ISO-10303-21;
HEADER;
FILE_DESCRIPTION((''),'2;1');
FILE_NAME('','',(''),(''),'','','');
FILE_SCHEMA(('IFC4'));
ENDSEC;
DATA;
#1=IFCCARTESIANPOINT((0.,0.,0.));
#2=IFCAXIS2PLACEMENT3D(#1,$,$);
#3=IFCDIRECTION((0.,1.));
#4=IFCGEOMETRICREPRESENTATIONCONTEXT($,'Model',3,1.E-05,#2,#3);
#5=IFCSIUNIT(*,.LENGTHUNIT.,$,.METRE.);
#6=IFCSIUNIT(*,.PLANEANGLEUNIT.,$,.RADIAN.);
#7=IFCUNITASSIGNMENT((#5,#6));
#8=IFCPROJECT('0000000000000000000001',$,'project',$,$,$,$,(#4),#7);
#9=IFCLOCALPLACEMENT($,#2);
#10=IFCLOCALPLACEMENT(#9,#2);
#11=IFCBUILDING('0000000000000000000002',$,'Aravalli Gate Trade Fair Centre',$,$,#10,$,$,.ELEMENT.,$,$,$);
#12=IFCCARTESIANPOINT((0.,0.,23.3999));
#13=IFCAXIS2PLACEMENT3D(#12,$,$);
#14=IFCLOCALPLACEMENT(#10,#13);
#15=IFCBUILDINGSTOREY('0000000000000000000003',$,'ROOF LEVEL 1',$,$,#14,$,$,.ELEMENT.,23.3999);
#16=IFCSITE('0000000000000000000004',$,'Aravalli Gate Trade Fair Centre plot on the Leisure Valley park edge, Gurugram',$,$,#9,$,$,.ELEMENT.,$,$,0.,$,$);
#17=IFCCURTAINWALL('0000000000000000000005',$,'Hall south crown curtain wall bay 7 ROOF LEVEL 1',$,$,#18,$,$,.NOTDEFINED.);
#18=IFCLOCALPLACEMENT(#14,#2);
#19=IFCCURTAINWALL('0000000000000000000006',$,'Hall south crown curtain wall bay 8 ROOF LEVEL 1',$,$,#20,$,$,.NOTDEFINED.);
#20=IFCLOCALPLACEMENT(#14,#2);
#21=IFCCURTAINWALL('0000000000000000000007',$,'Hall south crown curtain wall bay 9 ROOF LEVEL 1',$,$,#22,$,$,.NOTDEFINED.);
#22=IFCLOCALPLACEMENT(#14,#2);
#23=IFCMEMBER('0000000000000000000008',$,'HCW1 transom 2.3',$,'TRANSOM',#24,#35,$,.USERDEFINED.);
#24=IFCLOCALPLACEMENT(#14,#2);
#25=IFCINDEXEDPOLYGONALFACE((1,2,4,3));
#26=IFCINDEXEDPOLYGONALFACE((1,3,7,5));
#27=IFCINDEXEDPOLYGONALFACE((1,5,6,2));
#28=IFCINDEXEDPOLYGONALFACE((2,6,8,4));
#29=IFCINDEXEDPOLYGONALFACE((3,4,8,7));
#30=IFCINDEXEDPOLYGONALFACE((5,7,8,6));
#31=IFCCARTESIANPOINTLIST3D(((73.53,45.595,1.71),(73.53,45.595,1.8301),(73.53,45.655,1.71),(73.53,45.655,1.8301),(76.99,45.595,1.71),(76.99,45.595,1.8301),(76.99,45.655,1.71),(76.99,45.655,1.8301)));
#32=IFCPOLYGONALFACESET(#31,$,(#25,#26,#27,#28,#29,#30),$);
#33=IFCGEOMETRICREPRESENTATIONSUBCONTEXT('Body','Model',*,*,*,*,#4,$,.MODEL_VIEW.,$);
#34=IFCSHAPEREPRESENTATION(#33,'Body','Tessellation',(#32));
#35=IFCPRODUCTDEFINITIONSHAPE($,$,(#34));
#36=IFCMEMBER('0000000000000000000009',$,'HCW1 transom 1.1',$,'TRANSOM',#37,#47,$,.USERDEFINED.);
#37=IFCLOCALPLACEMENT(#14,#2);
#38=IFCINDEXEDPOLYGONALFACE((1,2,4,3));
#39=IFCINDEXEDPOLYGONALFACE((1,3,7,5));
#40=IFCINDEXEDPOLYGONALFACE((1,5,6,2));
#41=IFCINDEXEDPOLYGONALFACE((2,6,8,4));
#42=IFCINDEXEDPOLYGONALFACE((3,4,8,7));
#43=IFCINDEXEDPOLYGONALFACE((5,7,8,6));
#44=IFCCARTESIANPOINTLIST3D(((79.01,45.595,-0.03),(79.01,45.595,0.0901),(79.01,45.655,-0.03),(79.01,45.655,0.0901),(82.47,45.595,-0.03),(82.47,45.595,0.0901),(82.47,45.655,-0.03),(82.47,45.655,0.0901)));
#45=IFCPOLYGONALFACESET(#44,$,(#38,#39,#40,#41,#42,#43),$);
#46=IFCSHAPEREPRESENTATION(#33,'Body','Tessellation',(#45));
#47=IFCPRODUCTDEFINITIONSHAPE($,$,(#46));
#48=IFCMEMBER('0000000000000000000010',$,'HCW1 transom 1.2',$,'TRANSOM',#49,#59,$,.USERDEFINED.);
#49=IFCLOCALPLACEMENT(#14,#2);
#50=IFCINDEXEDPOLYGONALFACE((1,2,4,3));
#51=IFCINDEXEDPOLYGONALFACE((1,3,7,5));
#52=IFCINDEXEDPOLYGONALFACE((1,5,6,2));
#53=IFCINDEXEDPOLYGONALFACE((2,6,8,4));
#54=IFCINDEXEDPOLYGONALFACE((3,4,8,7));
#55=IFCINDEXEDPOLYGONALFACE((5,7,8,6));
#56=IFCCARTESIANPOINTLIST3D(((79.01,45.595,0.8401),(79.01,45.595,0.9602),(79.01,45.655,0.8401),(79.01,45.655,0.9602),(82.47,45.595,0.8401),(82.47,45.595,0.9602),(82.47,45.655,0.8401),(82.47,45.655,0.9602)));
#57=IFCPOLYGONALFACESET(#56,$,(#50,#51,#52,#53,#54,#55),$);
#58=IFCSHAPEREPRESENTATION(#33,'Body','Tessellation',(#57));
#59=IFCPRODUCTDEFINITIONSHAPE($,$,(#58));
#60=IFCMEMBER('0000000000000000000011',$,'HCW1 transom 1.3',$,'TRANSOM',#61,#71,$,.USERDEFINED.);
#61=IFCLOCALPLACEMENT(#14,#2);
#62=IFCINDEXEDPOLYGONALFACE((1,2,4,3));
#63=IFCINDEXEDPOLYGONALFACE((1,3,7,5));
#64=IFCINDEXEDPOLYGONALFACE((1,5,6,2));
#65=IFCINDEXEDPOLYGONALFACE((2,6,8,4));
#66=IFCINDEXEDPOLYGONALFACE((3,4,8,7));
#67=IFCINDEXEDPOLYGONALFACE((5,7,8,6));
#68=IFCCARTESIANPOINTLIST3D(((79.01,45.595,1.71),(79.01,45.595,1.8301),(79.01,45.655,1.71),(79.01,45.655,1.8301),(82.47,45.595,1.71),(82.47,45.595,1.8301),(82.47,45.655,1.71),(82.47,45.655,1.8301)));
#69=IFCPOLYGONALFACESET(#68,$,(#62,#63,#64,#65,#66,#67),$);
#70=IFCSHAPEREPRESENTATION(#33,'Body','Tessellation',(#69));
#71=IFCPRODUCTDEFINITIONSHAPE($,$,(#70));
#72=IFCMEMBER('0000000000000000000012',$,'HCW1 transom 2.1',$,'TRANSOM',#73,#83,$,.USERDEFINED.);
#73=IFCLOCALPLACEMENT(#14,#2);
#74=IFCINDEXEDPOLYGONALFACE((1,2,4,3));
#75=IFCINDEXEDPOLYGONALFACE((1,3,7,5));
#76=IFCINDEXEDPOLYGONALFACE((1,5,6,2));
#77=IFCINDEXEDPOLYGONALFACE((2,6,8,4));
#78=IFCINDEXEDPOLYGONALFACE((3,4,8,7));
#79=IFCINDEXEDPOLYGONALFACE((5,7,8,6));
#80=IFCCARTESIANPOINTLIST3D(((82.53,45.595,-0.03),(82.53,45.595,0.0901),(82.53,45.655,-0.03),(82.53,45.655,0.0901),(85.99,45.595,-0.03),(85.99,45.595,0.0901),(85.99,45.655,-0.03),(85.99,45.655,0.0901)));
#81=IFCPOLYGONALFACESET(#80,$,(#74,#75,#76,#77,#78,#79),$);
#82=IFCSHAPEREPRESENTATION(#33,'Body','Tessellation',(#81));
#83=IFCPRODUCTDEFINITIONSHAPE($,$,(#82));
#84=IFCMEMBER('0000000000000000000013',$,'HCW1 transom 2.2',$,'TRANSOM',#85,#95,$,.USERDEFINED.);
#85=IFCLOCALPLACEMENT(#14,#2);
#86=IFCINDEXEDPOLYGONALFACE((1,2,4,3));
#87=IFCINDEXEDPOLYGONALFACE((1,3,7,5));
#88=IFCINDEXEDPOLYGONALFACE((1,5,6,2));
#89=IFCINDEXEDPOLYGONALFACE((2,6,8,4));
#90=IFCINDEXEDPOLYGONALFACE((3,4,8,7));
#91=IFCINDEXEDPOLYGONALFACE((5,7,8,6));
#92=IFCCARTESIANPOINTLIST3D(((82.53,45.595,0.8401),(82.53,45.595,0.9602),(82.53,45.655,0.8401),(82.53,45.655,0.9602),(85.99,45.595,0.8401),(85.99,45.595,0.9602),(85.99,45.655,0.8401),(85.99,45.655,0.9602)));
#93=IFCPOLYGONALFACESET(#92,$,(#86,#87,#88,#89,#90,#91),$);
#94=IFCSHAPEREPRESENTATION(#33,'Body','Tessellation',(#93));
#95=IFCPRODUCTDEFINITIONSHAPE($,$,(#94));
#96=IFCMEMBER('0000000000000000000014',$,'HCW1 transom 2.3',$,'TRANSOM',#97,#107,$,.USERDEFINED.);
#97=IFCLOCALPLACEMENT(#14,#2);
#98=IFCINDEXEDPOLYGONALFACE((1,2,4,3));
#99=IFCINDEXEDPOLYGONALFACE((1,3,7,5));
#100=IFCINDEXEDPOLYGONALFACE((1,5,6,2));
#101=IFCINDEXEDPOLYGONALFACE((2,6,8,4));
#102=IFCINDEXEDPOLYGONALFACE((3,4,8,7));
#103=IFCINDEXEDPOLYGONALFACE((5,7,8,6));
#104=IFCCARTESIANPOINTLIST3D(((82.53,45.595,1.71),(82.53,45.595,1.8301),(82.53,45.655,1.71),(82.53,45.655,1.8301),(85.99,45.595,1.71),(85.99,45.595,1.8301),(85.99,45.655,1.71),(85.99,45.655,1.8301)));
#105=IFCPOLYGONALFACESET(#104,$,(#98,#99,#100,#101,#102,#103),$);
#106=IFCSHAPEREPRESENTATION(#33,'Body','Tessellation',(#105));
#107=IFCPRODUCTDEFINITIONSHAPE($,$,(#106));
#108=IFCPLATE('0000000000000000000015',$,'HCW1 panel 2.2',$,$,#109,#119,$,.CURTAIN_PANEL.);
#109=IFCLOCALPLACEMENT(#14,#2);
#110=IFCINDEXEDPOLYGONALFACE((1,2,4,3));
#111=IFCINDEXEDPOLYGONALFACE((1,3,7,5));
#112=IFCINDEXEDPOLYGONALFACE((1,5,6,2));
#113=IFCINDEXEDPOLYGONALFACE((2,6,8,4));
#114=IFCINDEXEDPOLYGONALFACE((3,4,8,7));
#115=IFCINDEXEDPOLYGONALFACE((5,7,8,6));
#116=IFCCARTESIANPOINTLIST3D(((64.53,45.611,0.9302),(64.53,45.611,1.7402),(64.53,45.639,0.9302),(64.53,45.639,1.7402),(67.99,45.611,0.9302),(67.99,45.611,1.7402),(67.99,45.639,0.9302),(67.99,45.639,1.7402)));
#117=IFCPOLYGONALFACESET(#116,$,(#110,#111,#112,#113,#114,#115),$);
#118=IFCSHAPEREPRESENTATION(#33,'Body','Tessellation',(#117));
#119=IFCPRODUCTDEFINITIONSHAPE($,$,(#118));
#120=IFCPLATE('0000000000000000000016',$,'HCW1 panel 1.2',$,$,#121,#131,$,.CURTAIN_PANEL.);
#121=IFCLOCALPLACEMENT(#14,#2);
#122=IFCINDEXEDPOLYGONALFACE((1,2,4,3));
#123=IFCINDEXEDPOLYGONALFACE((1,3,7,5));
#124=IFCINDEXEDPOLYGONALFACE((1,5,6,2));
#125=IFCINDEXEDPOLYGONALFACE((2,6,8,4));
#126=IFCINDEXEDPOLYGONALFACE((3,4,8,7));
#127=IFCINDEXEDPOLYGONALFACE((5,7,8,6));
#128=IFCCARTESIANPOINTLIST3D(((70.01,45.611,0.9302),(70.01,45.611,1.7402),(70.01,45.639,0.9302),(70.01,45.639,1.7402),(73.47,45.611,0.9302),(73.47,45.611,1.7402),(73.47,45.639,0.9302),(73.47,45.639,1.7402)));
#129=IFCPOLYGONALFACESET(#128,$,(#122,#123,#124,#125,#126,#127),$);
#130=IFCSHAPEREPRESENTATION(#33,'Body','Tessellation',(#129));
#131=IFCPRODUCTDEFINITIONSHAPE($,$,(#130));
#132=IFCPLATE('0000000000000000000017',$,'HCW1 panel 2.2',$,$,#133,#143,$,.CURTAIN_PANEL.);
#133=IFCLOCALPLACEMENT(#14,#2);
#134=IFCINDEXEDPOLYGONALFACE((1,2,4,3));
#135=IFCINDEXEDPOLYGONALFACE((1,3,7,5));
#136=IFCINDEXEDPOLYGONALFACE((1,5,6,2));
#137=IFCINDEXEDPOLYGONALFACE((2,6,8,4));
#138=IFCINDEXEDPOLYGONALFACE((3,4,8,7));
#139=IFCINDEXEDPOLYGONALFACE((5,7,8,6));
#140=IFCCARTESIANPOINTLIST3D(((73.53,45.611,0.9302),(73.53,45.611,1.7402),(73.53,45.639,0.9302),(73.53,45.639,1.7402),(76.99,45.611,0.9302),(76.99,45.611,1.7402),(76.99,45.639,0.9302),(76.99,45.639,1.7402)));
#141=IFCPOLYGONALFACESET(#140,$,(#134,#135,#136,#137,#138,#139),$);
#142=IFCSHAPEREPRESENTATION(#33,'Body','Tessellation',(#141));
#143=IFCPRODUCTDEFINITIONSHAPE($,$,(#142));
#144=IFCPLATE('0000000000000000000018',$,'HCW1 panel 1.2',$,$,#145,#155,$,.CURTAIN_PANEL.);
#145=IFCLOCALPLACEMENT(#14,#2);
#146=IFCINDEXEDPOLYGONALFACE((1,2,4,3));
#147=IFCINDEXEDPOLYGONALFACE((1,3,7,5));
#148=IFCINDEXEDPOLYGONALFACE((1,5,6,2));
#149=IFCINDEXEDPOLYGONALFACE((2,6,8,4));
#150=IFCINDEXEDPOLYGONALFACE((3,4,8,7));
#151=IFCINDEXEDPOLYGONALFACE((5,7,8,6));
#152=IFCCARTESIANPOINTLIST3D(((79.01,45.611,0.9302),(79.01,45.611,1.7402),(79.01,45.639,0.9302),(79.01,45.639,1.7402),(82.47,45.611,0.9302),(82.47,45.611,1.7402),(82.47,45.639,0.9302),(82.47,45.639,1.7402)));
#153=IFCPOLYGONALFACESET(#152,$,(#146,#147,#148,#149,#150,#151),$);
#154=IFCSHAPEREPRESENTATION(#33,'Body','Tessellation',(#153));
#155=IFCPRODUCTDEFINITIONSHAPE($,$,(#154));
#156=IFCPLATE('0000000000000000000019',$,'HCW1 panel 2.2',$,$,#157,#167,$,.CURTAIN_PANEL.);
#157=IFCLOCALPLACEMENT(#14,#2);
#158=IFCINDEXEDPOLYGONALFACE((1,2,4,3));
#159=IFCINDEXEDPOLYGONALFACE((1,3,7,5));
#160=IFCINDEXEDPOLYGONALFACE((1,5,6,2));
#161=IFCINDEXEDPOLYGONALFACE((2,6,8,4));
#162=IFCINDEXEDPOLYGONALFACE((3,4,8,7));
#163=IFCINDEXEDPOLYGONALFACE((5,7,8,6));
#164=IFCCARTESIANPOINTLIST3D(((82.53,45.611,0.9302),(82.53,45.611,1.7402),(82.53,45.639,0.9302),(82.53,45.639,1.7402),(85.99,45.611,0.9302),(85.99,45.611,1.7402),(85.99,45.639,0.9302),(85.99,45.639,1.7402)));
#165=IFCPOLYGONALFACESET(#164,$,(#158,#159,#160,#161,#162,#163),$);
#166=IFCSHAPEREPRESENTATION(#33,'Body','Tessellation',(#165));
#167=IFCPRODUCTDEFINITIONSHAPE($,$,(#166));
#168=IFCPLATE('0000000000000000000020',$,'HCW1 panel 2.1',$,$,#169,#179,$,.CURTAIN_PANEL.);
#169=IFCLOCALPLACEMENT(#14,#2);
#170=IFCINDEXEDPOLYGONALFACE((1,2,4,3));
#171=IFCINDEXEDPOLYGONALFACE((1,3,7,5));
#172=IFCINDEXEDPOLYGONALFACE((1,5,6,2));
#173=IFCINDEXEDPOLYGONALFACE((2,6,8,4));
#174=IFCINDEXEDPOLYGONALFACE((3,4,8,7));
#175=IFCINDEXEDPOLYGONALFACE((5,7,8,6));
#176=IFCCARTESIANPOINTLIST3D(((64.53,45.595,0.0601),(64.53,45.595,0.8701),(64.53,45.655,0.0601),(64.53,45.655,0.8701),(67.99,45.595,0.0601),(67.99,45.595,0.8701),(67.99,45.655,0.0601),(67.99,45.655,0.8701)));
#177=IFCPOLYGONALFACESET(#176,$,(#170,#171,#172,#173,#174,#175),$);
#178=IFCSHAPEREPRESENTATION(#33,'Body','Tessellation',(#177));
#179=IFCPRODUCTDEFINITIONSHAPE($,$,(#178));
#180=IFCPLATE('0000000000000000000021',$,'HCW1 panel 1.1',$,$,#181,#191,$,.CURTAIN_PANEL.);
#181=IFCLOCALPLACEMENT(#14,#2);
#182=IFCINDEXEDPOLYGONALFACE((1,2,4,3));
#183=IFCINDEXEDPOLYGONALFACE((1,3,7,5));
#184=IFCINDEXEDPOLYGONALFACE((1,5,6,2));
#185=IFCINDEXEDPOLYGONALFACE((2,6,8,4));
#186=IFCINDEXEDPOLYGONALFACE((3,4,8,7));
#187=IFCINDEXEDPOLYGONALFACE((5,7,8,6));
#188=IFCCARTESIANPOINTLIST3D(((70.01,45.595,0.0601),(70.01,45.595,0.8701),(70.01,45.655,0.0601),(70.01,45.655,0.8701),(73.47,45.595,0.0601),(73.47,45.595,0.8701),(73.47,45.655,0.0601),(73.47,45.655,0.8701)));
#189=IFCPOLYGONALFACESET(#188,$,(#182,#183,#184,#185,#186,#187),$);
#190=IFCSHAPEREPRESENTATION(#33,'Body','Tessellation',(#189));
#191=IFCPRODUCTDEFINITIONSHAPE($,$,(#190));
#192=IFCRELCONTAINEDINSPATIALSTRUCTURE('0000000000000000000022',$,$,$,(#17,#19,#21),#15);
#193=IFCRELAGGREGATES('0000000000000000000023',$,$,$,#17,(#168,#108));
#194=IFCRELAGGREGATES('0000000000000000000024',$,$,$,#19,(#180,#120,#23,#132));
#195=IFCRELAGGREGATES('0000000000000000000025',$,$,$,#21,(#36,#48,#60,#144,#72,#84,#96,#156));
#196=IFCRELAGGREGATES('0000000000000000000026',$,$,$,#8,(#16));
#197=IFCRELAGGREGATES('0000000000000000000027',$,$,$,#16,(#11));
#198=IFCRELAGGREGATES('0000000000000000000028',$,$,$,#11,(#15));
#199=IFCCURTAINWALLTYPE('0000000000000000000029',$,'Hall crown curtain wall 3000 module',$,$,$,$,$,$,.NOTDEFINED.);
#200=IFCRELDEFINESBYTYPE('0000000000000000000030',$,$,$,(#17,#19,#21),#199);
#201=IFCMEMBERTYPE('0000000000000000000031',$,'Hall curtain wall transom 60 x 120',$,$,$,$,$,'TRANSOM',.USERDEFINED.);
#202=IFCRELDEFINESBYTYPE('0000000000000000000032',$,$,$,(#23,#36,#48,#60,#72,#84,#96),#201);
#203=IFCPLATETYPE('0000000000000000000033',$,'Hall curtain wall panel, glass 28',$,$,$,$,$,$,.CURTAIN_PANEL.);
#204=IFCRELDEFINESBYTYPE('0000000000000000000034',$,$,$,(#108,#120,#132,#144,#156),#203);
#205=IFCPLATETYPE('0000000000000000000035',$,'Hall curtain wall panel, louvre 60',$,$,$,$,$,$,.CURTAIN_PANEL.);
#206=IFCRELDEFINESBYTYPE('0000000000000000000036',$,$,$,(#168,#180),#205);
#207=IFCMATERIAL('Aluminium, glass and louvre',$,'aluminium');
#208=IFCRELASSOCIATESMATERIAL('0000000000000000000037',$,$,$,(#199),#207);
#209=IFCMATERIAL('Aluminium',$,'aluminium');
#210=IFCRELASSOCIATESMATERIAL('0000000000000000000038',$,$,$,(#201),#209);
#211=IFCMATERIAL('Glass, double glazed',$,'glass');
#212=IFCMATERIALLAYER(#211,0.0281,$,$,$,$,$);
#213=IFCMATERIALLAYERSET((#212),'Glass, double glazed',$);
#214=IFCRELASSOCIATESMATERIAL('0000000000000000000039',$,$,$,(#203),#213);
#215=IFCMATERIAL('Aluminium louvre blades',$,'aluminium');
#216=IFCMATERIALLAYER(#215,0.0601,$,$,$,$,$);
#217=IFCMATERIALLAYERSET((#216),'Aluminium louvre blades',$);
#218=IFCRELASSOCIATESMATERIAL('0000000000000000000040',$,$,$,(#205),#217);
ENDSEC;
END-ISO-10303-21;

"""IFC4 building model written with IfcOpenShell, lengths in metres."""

from ifc_helpers import new_model, si_unit, direction, frame, origin, origin_2d, place, context, subcontext, project, spatial, rectangle, extrude, material, layer, layer_set, material_profile, profile_set, type_object, element, aggregate, save


model = new_model("IFC4")

# Units and contexts
model_context = context("Model", 3, precision=1e-05, world=origin(), true_north=direction((0.0, 1.0)))
body_context = subcontext(model_context, "Body", "Model", "MODEL_VIEW")
ifc_project = project(units=[si_unit("LENGTHUNIT", "METRE"), si_unit("PLANEANGLEUNIT", "RADIAN")], contexts=[model_context])

# Site, building, storey
site_placement = place(None, origin())
site = spatial("IfcSite", under=ifc_project, at=site_placement, Name="Aravalli Gate Trade Fair Centre plot on the Leisure Valley park edge, Gurugram", CompositionType="ELEMENT", RefElevation=0.0)
building_placement = place(site_placement, origin())
building = spatial("IfcBuilding", under=site, at=building_placement, Name="Aravalli Gate Trade Fair Centre", CompositionType="ELEMENT")
storey_placement = place(building_placement, frame((0.0, 0.0, 23.3999)))
storey = spatial("IfcBuildingStorey", under=building, at=storey_placement, Name="ROOF LEVEL 1", CompositionType="ELEMENT", Elevation=23.3999)

# Curtain wall
ifc_material_1 = material(Name="Aluminium, glass and louvre", Category="aluminium")
curtain_wall_type = type_object("IfcCurtainWallType", Name="Hall crown curtain wall 3000 module", PredefinedType="NOTDEFINED", material=ifc_material_1)
curtain_wall_1_placement = place(storey_placement, origin())
curtain_wall_1 = element("IfcCurtainWall", 1, at=curtain_wall_1_placement, inside=storey, type_object=curtain_wall_type, Name="Hall south crown curtain wall bay 7 ROOF LEVEL 1", PredefinedType="NOTDEFINED")
ifc_material_2 = material(Name="Aluminium", Category="aluminium")

# Curtain walls
curtain_wall_2_placement = place(storey_placement, origin())
curtain_wall_2 = element("IfcCurtainWall", 2, at=curtain_wall_2_placement, inside=storey, type_object=curtain_wall_type, Name="Hall south crown curtain wall bay 8 ROOF LEVEL 1", PredefinedType="NOTDEFINED")
curtain_wall_3_placement = place(storey_placement, origin())
curtain_wall_3 = element("IfcCurtainWall", 3, at=curtain_wall_3_placement, inside=storey, type_object=curtain_wall_type, Name="Hall south crown curtain wall bay 9 ROOF LEVEL 1", PredefinedType="NOTDEFINED")

# Members
ifc_material_profile_1 = material_profile(ifc_material_2, rectangle(XDim=0.0601, YDim=0.1201, at=origin_2d()), Name="Hall curtain wall transom 60 x 120")
ifc_profile_set_1 = profile_set([ifc_material_profile_1], Name="Aluminium")
member_type_1 = type_object("IfcMemberType", Name="Hall curtain wall transom 60 x 120", ElementType="TRANSOM", PredefinedType="USERDEFINED", material=ifc_profile_set_1)
member_1_placement = place(storey_placement, frame((73.53, 45.625, 1.77), z_axis=(1.0, 0.0, 0.0), x_axis=(0.0, 1.0, 0.0)))
member_1 = element("IfcMember", 4, at=member_1_placement, type_object=member_type_1, Name="HCW1 transom 2.3", ObjectType="TRANSOM", PredefinedType="USERDEFINED", context=body_context, shape_type="SweptSolid", body=[
    extrude(rectangle(XDim=0.0601, YDim=0.1201, at=origin_2d()), origin(), (0.0, 0.0, 1.0), 3.46),
])
member_2_placement = place(storey_placement, frame((79.01, 45.625, 0.03), z_axis=(1.0, 0.0, 0.0), x_axis=(0.0, 1.0, 0.0)))
member_2 = element("IfcMember", 5, at=member_2_placement, type_object=member_type_1, Name="HCW1 transom 1.1", ObjectType="TRANSOM", PredefinedType="USERDEFINED", context=body_context, shape_type="SweptSolid", body=[
    extrude(rectangle(XDim=0.0601, YDim=0.1201, at=origin_2d()), origin(), (0.0, 0.0, 1.0), 3.46),
])
member_3_placement = place(storey_placement, frame((79.01, 45.625, 0.9001), z_axis=(1.0, 0.0, 0.0), x_axis=(0.0, 1.0, 0.0)))
member_3 = element("IfcMember", 6, at=member_3_placement, type_object=member_type_1, Name="HCW1 transom 1.2", ObjectType="TRANSOM", PredefinedType="USERDEFINED", context=body_context, shape_type="SweptSolid", body=[
    extrude(rectangle(XDim=0.0601, YDim=0.1201, at=origin_2d()), origin(), (0.0, 0.0, 1.0), 3.46),
])
member_4_placement = place(storey_placement, frame((79.01, 45.625, 1.77), z_axis=(1.0, 0.0, 0.0), x_axis=(0.0, 1.0, 0.0)))
member_4 = element("IfcMember", 7, at=member_4_placement, type_object=member_type_1, Name="HCW1 transom 1.3", ObjectType="TRANSOM", PredefinedType="USERDEFINED", context=body_context, shape_type="SweptSolid", body=[
    extrude(rectangle(XDim=0.0601, YDim=0.1201, at=origin_2d()), origin(), (0.0, 0.0, 1.0), 3.46),
])
member_5_placement = place(storey_placement, frame((82.53, 45.625, 0.03), z_axis=(1.0, 0.0, 0.0), x_axis=(0.0, 1.0, 0.0)))
member_5 = element("IfcMember", 8, at=member_5_placement, type_object=member_type_1, Name="HCW1 transom 2.1", ObjectType="TRANSOM", PredefinedType="USERDEFINED", context=body_context, shape_type="SweptSolid", body=[
    extrude(rectangle(XDim=0.0601, YDim=0.1201, at=origin_2d()), origin(), (0.0, 0.0, 1.0), 3.46),
])
member_6_placement = place(storey_placement, frame((82.53, 45.625, 0.9001), z_axis=(1.0, 0.0, 0.0), x_axis=(0.0, 1.0, 0.0)))
member_6 = element("IfcMember", 9, at=member_6_placement, type_object=member_type_1, Name="HCW1 transom 2.2", ObjectType="TRANSOM", PredefinedType="USERDEFINED", context=body_context, shape_type="SweptSolid", body=[
    extrude(rectangle(XDim=0.0601, YDim=0.1201, at=origin_2d()), origin(), (0.0, 0.0, 1.0), 3.46),
])
member_7_placement = place(storey_placement, frame((82.53, 45.625, 1.77), z_axis=(1.0, 0.0, 0.0), x_axis=(0.0, 1.0, 0.0)))
member_7 = element("IfcMember", 10, at=member_7_placement, type_object=member_type_1, Name="HCW1 transom 2.3", ObjectType="TRANSOM", PredefinedType="USERDEFINED", context=body_context, shape_type="SweptSolid", body=[
    extrude(rectangle(XDim=0.0601, YDim=0.1201, at=origin_2d()), origin(), (0.0, 0.0, 1.0), 3.46),
])

# Plates
ifc_material_3 = material(Name="Glass, double glazed", Category="glass")
ifc_layer_1 = layer(ifc_material_3, 0.0281)
ifc_layer_set_1 = layer_set([ifc_layer_1], Name="Glass, double glazed")
plate_type_1 = type_object("IfcPlateType", Name="Hall curtain wall panel, glass 28", PredefinedType="CURTAIN_PANEL", material=ifc_layer_set_1)
plate_1_placement = place(storey_placement, frame((66.26, 45.625, 0.9302), z_axis=(0.0, 0.0, 1.0), x_axis=(1.0, 0.0, 0.0)))
plate_1 = element("IfcPlate", 11, at=plate_1_placement, type_object=plate_type_1, Name="HCW1 panel 2.2", PredefinedType="CURTAIN_PANEL", context=body_context, shape_type="SweptSolid", body=[
    extrude(rectangle(XDim=3.46, YDim=0.0281, at=origin_2d()), origin(), (0.0, 0.0, 1.0), 0.8101),
])
plate_2_placement = place(storey_placement, frame((71.74, 45.625, 0.9302), z_axis=(0.0, 0.0, 1.0), x_axis=(1.0, 0.0, 0.0)))
plate_2 = element("IfcPlate", 12, at=plate_2_placement, type_object=plate_type_1, Name="HCW1 panel 1.2", PredefinedType="CURTAIN_PANEL", context=body_context, shape_type="SweptSolid", body=[
    extrude(rectangle(XDim=3.46, YDim=0.0281, at=origin_2d()), origin(), (0.0, 0.0, 1.0), 0.8101),
])
plate_3_placement = place(storey_placement, frame((75.26, 45.625, 0.9302), z_axis=(0.0, 0.0, 1.0), x_axis=(1.0, 0.0, 0.0)))
plate_3 = element("IfcPlate", 13, at=plate_3_placement, type_object=plate_type_1, Name="HCW1 panel 2.2", PredefinedType="CURTAIN_PANEL", context=body_context, shape_type="SweptSolid", body=[
    extrude(rectangle(XDim=3.46, YDim=0.0281, at=origin_2d()), origin(), (0.0, 0.0, 1.0), 0.8101),
])
plate_4_placement = place(storey_placement, frame((80.74, 45.625, 0.9302), z_axis=(0.0, 0.0, 1.0), x_axis=(1.0, 0.0, 0.0)))
plate_4 = element("IfcPlate", 14, at=plate_4_placement, type_object=plate_type_1, Name="HCW1 panel 1.2", PredefinedType="CURTAIN_PANEL", context=body_context, shape_type="SweptSolid", body=[
    extrude(rectangle(XDim=3.46, YDim=0.0281, at=origin_2d()), origin(), (0.0, 0.0, 1.0), 0.8101),
])
plate_5_placement = place(storey_placement, frame((84.26, 45.625, 0.9302), z_axis=(0.0, 0.0, 1.0), x_axis=(1.0, 0.0, 0.0)))
plate_5 = element("IfcPlate", 15, at=plate_5_placement, type_object=plate_type_1, Name="HCW1 panel 2.2", PredefinedType="CURTAIN_PANEL", context=body_context, shape_type="SweptSolid", body=[
    extrude(rectangle(XDim=3.46, YDim=0.0281, at=origin_2d()), origin(), (0.0, 0.0, 1.0), 0.8101),
])
ifc_material_4 = material(Name="Aluminium louvre blades", Category="aluminium")
ifc_layer_2 = layer(ifc_material_4, 0.0601)
ifc_layer_set_2 = layer_set([ifc_layer_2], Name="Aluminium louvre blades")
plate_type_2 = type_object("IfcPlateType", Name="Hall curtain wall panel, louvre 60", PredefinedType="CURTAIN_PANEL", material=ifc_layer_set_2)
plate_6_placement = place(storey_placement, frame((66.26, 45.625, 0.0601), z_axis=(0.0, 0.0, 1.0), x_axis=(1.0, 0.0, 0.0)))
plate_6 = element("IfcPlate", 16, at=plate_6_placement, type_object=plate_type_2, Name="HCW1 panel 2.1", PredefinedType="CURTAIN_PANEL", context=body_context, shape_type="SweptSolid", body=[
    extrude(rectangle(XDim=3.46, YDim=0.0601, at=origin_2d()), origin(), (0.0, 0.0, 1.0), 0.8101),
])
aggregate(curtain_wall_1, [plate_6, plate_1])
plate_7_placement = place(storey_placement, frame((71.74, 45.625, 0.0601), z_axis=(0.0, 0.0, 1.0), x_axis=(1.0, 0.0, 0.0)))
plate_7 = element("IfcPlate", 17, at=plate_7_placement, type_object=plate_type_2, Name="HCW1 panel 1.1", PredefinedType="CURTAIN_PANEL", context=body_context, shape_type="SweptSolid", body=[
    extrude(rectangle(XDim=3.46, YDim=0.0601, at=origin_2d()), origin(), (0.0, 0.0, 1.0), 0.8101),
])
aggregate(curtain_wall_2, [plate_7, plate_2, member_1, plate_3])
aggregate(curtain_wall_3, [member_2, member_3, member_4, plate_4, member_5, member_6, member_7, plate_5])

save(model, "model.ifc")
